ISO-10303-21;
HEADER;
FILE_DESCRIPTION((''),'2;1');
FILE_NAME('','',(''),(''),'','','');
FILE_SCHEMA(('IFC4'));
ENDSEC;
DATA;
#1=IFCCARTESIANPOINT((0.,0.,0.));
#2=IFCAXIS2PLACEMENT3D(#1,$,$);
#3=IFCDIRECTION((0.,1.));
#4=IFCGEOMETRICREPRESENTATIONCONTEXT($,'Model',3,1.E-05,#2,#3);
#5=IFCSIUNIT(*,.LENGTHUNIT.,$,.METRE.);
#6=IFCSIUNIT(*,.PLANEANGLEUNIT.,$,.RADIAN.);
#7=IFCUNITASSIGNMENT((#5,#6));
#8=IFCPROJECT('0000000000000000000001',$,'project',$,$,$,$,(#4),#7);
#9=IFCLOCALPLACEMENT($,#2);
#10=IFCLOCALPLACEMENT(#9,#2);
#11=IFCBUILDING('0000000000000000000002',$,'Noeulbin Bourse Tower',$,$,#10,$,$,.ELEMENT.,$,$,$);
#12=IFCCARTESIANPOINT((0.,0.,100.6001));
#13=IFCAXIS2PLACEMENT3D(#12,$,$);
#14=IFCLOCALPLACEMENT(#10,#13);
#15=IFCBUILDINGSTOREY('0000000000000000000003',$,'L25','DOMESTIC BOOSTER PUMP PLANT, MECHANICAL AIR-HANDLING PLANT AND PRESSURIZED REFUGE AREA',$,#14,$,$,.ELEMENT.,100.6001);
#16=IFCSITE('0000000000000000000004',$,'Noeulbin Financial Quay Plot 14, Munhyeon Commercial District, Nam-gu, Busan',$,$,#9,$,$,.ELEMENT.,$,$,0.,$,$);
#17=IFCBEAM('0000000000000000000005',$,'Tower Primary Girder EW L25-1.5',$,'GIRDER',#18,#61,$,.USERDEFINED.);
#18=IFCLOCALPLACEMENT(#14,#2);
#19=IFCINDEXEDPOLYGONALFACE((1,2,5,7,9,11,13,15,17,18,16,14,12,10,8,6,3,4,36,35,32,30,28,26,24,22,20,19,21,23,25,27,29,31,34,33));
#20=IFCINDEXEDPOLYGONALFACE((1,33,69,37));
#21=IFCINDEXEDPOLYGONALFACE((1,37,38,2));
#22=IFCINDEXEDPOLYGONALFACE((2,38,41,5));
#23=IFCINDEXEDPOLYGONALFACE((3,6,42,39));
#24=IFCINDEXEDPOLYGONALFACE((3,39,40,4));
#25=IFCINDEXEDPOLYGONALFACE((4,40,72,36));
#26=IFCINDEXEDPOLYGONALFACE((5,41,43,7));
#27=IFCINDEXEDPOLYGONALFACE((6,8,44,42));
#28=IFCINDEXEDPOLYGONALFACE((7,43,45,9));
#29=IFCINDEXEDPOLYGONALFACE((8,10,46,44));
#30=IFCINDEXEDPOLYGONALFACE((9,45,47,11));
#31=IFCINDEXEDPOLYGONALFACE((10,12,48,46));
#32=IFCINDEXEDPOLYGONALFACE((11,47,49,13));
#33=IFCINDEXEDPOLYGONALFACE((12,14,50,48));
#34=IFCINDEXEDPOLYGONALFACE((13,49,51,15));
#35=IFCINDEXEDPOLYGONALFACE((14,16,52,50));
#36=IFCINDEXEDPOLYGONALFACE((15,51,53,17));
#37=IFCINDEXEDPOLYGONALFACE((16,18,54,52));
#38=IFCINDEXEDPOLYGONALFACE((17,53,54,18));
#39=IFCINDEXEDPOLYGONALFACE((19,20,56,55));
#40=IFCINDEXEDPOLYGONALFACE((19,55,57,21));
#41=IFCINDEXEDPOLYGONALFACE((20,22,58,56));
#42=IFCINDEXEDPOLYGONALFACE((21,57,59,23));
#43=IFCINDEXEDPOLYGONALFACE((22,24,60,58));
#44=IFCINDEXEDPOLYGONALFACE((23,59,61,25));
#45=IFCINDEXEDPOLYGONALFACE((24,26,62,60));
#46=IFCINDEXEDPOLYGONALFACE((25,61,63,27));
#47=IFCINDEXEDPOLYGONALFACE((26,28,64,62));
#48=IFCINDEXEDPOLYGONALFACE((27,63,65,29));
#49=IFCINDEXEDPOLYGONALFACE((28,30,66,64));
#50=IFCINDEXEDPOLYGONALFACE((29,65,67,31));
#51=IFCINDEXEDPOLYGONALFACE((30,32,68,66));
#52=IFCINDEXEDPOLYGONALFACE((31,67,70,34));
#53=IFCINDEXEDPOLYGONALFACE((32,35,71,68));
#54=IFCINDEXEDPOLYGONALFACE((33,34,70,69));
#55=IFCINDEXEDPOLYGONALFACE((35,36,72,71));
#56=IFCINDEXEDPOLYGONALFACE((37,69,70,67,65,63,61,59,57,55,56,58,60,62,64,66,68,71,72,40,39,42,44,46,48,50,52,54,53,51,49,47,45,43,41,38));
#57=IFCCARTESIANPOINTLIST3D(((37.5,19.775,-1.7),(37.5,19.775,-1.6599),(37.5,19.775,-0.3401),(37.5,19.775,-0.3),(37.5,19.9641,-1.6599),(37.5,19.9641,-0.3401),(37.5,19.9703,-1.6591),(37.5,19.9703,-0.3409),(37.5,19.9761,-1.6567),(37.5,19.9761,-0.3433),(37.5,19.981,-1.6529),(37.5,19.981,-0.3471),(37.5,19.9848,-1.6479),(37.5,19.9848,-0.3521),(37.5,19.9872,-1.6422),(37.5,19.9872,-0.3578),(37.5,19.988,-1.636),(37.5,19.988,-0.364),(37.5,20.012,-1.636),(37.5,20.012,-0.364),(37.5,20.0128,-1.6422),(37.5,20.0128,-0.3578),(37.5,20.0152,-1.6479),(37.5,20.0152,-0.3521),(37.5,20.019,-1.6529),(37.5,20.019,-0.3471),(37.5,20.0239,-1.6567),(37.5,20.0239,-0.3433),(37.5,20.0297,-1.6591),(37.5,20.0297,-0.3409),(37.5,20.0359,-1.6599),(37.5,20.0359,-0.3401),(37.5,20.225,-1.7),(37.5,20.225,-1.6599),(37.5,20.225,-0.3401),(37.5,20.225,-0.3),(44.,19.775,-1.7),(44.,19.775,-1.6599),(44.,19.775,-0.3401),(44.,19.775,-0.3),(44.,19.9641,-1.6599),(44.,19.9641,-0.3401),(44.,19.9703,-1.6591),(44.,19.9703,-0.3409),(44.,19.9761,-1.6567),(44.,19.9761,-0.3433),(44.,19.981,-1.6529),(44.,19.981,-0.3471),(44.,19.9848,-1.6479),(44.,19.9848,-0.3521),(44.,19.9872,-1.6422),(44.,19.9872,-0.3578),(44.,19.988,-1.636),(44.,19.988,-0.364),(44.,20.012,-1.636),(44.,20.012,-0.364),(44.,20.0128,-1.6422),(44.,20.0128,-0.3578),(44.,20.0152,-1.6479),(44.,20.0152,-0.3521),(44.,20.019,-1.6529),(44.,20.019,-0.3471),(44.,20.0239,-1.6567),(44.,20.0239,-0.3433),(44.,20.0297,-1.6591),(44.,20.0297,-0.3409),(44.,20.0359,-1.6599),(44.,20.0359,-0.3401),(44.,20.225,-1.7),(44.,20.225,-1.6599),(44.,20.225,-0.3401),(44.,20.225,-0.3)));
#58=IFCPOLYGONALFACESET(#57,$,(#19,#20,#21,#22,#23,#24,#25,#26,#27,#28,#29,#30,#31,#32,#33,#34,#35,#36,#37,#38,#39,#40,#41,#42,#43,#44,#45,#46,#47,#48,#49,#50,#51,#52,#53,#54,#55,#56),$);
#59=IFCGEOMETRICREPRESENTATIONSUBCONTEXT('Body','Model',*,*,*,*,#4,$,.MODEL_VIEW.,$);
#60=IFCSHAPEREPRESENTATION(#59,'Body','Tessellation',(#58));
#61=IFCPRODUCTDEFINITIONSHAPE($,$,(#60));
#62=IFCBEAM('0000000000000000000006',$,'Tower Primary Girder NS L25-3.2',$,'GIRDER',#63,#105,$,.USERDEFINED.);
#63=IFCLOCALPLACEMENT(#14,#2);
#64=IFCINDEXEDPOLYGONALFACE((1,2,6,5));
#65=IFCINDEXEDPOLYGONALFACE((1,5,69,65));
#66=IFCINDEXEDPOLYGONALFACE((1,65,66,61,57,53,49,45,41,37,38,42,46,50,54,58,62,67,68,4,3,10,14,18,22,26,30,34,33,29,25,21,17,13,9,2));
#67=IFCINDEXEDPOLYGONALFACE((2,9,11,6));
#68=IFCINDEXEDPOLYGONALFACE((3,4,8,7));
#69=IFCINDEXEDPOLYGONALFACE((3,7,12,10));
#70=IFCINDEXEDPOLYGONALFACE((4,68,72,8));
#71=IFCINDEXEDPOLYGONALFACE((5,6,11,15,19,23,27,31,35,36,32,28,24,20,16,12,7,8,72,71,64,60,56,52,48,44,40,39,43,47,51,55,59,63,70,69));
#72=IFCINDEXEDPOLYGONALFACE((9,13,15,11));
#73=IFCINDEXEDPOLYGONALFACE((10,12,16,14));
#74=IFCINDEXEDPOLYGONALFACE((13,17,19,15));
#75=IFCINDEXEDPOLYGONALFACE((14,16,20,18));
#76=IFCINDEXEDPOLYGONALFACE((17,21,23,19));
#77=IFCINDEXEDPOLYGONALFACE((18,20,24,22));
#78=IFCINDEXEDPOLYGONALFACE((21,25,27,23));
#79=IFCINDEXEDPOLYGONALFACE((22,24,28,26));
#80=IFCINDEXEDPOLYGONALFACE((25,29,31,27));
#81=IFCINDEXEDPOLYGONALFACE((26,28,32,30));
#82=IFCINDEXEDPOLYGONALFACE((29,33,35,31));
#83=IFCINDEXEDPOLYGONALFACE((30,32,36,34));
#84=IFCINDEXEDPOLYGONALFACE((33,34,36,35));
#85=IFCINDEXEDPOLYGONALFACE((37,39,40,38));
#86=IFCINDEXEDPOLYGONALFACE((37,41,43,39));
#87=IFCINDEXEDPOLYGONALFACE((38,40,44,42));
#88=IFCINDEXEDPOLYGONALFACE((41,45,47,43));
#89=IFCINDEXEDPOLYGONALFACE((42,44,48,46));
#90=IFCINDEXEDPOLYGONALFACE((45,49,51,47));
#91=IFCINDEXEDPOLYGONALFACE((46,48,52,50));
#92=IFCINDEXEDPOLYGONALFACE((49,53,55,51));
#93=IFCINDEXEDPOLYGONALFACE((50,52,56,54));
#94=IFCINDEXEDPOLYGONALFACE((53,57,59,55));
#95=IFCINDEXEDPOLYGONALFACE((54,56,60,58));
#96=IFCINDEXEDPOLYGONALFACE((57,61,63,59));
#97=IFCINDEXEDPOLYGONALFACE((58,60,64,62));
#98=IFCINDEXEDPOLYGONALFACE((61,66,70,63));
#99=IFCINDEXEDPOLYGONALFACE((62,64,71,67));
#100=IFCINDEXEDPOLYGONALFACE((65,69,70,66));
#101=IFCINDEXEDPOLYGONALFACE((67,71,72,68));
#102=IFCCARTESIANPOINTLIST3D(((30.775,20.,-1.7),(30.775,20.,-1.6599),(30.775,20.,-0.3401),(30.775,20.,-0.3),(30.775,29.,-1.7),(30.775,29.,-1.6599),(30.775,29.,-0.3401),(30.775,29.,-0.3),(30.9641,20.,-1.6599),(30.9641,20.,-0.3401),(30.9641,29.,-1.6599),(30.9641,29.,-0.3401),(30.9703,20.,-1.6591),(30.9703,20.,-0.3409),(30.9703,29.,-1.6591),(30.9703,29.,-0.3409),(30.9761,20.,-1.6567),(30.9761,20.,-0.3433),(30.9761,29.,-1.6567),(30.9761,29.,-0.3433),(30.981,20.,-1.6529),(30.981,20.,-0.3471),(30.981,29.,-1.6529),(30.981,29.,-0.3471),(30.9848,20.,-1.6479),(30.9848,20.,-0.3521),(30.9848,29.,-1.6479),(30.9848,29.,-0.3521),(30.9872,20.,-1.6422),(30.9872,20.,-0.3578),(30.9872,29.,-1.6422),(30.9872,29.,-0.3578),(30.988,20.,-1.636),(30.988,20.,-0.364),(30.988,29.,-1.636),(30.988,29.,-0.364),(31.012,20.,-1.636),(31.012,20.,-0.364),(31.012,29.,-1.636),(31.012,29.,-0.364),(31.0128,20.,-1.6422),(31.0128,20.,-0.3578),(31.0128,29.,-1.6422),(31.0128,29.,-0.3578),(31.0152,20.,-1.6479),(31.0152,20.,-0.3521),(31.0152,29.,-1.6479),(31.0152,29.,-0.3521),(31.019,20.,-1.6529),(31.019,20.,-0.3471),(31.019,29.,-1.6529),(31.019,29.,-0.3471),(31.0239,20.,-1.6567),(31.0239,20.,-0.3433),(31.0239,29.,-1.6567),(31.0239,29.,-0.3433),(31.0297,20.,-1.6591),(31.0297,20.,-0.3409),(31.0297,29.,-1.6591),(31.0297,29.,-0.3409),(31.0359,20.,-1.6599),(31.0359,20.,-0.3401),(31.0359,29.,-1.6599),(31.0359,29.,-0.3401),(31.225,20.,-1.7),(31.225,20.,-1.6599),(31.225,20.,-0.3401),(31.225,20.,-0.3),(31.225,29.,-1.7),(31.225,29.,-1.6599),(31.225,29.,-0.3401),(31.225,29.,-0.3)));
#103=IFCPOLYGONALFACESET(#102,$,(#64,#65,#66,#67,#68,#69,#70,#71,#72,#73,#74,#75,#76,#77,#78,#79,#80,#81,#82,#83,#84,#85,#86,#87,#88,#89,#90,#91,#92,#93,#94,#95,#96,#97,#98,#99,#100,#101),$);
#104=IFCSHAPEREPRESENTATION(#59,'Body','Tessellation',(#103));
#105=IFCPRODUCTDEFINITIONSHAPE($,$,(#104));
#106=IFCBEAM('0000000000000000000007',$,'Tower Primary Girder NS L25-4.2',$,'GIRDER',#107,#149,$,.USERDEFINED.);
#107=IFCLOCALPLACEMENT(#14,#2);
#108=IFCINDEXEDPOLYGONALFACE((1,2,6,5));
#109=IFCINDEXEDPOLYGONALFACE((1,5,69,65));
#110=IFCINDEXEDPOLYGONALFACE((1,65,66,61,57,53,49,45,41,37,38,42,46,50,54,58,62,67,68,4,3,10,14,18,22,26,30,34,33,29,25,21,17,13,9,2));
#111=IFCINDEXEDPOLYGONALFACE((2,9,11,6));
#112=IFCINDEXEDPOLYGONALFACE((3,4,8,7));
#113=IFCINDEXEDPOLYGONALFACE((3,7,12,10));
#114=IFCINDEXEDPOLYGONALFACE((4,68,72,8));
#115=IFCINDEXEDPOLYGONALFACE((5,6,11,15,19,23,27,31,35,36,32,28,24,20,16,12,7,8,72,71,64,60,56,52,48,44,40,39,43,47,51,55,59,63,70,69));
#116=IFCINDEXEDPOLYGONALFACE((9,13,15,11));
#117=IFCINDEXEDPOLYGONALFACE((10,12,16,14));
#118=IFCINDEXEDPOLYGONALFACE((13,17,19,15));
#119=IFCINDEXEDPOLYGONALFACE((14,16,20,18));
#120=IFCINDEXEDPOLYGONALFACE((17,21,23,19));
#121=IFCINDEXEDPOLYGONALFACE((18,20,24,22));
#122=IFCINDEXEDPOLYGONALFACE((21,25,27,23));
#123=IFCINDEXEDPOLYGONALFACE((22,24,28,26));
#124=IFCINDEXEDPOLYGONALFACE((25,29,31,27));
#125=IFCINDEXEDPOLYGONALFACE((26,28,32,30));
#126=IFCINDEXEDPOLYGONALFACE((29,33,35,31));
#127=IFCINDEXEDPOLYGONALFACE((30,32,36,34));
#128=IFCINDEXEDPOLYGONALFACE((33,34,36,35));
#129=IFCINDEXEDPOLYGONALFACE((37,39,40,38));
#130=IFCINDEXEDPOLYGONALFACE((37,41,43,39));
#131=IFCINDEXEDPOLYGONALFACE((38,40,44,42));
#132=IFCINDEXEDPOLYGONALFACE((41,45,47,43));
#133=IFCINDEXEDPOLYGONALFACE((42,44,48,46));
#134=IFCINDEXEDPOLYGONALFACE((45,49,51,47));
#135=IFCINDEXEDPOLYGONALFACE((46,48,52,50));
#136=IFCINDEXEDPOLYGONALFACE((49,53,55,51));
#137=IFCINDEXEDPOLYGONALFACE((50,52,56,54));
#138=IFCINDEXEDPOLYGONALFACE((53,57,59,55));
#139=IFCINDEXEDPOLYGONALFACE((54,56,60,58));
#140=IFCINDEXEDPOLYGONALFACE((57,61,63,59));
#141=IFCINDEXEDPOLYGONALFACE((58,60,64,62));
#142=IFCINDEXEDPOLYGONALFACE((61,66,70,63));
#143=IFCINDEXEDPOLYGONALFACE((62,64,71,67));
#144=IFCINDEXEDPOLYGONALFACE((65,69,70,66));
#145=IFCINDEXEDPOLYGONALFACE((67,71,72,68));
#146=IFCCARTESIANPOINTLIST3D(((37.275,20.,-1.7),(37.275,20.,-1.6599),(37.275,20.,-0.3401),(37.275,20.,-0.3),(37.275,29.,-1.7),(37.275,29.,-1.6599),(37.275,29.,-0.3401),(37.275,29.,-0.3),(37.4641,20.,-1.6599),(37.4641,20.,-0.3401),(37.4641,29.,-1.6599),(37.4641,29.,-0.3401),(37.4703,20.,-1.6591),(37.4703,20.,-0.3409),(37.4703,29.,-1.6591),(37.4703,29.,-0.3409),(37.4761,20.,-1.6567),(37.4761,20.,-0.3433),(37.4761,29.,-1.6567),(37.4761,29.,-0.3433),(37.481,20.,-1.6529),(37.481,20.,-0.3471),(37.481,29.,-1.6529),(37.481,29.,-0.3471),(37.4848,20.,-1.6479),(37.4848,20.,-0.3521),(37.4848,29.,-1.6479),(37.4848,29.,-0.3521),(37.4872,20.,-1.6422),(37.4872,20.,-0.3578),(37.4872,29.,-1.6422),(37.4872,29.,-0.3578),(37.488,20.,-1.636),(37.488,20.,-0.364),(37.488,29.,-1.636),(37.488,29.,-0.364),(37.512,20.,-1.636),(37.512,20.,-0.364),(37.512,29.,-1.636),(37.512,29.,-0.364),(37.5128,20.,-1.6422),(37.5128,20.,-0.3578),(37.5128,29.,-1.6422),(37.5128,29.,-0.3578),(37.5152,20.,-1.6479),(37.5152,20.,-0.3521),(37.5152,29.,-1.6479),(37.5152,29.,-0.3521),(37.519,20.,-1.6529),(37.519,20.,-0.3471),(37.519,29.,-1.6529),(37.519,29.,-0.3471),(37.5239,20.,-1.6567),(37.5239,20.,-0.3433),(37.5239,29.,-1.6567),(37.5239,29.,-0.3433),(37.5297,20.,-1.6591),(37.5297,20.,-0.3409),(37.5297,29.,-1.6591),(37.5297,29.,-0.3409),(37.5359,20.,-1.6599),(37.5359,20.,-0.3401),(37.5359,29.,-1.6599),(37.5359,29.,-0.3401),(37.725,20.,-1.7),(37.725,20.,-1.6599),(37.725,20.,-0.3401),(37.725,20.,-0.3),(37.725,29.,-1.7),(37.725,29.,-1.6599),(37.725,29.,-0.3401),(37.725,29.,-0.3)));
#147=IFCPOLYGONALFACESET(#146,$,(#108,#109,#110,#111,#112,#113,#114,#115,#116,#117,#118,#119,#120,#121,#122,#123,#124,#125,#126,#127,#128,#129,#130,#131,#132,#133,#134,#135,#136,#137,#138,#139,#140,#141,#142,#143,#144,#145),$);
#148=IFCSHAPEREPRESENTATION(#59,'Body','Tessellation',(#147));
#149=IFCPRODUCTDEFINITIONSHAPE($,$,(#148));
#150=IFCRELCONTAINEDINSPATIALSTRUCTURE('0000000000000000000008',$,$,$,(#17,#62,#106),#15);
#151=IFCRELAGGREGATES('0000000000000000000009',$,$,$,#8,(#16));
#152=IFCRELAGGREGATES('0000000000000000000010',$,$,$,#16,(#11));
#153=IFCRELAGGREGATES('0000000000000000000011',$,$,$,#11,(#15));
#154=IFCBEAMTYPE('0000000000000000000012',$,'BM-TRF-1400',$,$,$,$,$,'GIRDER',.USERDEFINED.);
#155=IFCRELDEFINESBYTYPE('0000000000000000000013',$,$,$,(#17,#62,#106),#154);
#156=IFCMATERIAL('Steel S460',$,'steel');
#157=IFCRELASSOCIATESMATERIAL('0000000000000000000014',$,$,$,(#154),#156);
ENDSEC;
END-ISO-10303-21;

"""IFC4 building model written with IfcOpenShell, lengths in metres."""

from ifc_helpers import new_model, si_unit, direction, frame, origin, origin_2d, place, context, subcontext, project, spatial, i_section, extrude, material, material_profile, profile_set, type_object, element, save


model = new_model("IFC4")

# Units and contexts
model_context = context("Model", 3, precision=1e-05, world=origin(), true_north=direction((0.0, 1.0)))
body_context = subcontext(model_context, "Body", "Model", "MODEL_VIEW")
ifc_project = project(units=[si_unit("LENGTHUNIT", "METRE"), si_unit("PLANEANGLEUNIT", "RADIAN")], contexts=[model_context])

# Site, building, storey
site_placement = place(None, origin())
site = spatial("IfcSite", under=ifc_project, at=site_placement, Name="Noeulbin Financial Quay Plot 14, Munhyeon Commercial District, Nam-gu, Busan", CompositionType="ELEMENT", RefElevation=0.0)
building_placement = place(site_placement, origin())
building = spatial("IfcBuilding", under=site, at=building_placement, Name="Noeulbin Bourse Tower", CompositionType="ELEMENT")
storey_placement = place(building_placement, frame((0.0, 0.0, 100.6001)))
storey = spatial("IfcBuildingStorey", under=building, at=storey_placement, Name="L25", Description="DOMESTIC BOOSTER PUMP PLANT, MECHANICAL AIR-HANDLING PLANT AND PRESSURIZED REFUGE AREA", CompositionType="ELEMENT", Elevation=100.6001)

# Shared definitions
ifc_material_1 = material(Name="Steel S460", Category="steel")

# Beams
ifc_material_profile_1 = material_profile(ifc_material_1, i_section(OverallWidth=0.45, OverallDepth=1.3999, WebThickness=0.0239, FlangeThickness=0.04, FilletRadius=0.0239, at=origin_2d()), Name="PG-1400x450x24x40", Category="LoadBearing")
ifc_profile_set_1 = profile_set([ifc_material_profile_1], Name="Steel S460")
beam_type_1 = type_object("IfcBeamType", Name="BM-TRF-1400", ElementType="GIRDER", PredefinedType="USERDEFINED", material=ifc_profile_set_1)
for number, where, z_axis, x_axis, name in (
    (1, (37.5, 20.0, -1.0), (1.0, 0.0, 0.0), (0.0, 1.0, 0.0), "Tower Primary Girder EW L25-1.5"),
):
    element("IfcBeam", number, at=place(storey_placement, frame(where, z_axis=z_axis, x_axis=x_axis)), inside=storey, type_object=beam_type_1, Name=name, ObjectType="GIRDER", PredefinedType="USERDEFINED", context=body_context, shape_type="SweptSolid", body=[
        extrude(i_section(OverallWidth=0.45, OverallDepth=1.3999, WebThickness=0.0239, FlangeThickness=0.04, FilletRadius=0.0239, at=origin_2d()), origin(), (0.0, 0.0, 1.0), 6.5),
    ])
for number, where, z_axis, x_axis, name in (
    (2, (31.0, 20.0, -1.0), (0.0, 1.0, 0.0), (-1.0, 0.0, 0.0), "Tower Primary Girder NS L25-3.2"),
    (3, (37.5, 20.0, -1.0), (0.0, 1.0, 0.0), (-1.0, 0.0, 0.0), "Tower Primary Girder NS L25-4.2"),
):
    element("IfcBeam", number, at=place(storey_placement, frame(where, z_axis=z_axis, x_axis=x_axis)), inside=storey, type_object=beam_type_1, Name=name, ObjectType="GIRDER", PredefinedType="USERDEFINED", context=body_context, shape_type="SweptSolid", body=[
        extrude(i_section(OverallWidth=0.45, OverallDepth=1.3999, WebThickness=0.0239, FlangeThickness=0.04, FilletRadius=0.0239, at=origin_2d()), origin(), (0.0, 0.0, 1.0), 9.0),
    ])

save(model, "model.ifc")
